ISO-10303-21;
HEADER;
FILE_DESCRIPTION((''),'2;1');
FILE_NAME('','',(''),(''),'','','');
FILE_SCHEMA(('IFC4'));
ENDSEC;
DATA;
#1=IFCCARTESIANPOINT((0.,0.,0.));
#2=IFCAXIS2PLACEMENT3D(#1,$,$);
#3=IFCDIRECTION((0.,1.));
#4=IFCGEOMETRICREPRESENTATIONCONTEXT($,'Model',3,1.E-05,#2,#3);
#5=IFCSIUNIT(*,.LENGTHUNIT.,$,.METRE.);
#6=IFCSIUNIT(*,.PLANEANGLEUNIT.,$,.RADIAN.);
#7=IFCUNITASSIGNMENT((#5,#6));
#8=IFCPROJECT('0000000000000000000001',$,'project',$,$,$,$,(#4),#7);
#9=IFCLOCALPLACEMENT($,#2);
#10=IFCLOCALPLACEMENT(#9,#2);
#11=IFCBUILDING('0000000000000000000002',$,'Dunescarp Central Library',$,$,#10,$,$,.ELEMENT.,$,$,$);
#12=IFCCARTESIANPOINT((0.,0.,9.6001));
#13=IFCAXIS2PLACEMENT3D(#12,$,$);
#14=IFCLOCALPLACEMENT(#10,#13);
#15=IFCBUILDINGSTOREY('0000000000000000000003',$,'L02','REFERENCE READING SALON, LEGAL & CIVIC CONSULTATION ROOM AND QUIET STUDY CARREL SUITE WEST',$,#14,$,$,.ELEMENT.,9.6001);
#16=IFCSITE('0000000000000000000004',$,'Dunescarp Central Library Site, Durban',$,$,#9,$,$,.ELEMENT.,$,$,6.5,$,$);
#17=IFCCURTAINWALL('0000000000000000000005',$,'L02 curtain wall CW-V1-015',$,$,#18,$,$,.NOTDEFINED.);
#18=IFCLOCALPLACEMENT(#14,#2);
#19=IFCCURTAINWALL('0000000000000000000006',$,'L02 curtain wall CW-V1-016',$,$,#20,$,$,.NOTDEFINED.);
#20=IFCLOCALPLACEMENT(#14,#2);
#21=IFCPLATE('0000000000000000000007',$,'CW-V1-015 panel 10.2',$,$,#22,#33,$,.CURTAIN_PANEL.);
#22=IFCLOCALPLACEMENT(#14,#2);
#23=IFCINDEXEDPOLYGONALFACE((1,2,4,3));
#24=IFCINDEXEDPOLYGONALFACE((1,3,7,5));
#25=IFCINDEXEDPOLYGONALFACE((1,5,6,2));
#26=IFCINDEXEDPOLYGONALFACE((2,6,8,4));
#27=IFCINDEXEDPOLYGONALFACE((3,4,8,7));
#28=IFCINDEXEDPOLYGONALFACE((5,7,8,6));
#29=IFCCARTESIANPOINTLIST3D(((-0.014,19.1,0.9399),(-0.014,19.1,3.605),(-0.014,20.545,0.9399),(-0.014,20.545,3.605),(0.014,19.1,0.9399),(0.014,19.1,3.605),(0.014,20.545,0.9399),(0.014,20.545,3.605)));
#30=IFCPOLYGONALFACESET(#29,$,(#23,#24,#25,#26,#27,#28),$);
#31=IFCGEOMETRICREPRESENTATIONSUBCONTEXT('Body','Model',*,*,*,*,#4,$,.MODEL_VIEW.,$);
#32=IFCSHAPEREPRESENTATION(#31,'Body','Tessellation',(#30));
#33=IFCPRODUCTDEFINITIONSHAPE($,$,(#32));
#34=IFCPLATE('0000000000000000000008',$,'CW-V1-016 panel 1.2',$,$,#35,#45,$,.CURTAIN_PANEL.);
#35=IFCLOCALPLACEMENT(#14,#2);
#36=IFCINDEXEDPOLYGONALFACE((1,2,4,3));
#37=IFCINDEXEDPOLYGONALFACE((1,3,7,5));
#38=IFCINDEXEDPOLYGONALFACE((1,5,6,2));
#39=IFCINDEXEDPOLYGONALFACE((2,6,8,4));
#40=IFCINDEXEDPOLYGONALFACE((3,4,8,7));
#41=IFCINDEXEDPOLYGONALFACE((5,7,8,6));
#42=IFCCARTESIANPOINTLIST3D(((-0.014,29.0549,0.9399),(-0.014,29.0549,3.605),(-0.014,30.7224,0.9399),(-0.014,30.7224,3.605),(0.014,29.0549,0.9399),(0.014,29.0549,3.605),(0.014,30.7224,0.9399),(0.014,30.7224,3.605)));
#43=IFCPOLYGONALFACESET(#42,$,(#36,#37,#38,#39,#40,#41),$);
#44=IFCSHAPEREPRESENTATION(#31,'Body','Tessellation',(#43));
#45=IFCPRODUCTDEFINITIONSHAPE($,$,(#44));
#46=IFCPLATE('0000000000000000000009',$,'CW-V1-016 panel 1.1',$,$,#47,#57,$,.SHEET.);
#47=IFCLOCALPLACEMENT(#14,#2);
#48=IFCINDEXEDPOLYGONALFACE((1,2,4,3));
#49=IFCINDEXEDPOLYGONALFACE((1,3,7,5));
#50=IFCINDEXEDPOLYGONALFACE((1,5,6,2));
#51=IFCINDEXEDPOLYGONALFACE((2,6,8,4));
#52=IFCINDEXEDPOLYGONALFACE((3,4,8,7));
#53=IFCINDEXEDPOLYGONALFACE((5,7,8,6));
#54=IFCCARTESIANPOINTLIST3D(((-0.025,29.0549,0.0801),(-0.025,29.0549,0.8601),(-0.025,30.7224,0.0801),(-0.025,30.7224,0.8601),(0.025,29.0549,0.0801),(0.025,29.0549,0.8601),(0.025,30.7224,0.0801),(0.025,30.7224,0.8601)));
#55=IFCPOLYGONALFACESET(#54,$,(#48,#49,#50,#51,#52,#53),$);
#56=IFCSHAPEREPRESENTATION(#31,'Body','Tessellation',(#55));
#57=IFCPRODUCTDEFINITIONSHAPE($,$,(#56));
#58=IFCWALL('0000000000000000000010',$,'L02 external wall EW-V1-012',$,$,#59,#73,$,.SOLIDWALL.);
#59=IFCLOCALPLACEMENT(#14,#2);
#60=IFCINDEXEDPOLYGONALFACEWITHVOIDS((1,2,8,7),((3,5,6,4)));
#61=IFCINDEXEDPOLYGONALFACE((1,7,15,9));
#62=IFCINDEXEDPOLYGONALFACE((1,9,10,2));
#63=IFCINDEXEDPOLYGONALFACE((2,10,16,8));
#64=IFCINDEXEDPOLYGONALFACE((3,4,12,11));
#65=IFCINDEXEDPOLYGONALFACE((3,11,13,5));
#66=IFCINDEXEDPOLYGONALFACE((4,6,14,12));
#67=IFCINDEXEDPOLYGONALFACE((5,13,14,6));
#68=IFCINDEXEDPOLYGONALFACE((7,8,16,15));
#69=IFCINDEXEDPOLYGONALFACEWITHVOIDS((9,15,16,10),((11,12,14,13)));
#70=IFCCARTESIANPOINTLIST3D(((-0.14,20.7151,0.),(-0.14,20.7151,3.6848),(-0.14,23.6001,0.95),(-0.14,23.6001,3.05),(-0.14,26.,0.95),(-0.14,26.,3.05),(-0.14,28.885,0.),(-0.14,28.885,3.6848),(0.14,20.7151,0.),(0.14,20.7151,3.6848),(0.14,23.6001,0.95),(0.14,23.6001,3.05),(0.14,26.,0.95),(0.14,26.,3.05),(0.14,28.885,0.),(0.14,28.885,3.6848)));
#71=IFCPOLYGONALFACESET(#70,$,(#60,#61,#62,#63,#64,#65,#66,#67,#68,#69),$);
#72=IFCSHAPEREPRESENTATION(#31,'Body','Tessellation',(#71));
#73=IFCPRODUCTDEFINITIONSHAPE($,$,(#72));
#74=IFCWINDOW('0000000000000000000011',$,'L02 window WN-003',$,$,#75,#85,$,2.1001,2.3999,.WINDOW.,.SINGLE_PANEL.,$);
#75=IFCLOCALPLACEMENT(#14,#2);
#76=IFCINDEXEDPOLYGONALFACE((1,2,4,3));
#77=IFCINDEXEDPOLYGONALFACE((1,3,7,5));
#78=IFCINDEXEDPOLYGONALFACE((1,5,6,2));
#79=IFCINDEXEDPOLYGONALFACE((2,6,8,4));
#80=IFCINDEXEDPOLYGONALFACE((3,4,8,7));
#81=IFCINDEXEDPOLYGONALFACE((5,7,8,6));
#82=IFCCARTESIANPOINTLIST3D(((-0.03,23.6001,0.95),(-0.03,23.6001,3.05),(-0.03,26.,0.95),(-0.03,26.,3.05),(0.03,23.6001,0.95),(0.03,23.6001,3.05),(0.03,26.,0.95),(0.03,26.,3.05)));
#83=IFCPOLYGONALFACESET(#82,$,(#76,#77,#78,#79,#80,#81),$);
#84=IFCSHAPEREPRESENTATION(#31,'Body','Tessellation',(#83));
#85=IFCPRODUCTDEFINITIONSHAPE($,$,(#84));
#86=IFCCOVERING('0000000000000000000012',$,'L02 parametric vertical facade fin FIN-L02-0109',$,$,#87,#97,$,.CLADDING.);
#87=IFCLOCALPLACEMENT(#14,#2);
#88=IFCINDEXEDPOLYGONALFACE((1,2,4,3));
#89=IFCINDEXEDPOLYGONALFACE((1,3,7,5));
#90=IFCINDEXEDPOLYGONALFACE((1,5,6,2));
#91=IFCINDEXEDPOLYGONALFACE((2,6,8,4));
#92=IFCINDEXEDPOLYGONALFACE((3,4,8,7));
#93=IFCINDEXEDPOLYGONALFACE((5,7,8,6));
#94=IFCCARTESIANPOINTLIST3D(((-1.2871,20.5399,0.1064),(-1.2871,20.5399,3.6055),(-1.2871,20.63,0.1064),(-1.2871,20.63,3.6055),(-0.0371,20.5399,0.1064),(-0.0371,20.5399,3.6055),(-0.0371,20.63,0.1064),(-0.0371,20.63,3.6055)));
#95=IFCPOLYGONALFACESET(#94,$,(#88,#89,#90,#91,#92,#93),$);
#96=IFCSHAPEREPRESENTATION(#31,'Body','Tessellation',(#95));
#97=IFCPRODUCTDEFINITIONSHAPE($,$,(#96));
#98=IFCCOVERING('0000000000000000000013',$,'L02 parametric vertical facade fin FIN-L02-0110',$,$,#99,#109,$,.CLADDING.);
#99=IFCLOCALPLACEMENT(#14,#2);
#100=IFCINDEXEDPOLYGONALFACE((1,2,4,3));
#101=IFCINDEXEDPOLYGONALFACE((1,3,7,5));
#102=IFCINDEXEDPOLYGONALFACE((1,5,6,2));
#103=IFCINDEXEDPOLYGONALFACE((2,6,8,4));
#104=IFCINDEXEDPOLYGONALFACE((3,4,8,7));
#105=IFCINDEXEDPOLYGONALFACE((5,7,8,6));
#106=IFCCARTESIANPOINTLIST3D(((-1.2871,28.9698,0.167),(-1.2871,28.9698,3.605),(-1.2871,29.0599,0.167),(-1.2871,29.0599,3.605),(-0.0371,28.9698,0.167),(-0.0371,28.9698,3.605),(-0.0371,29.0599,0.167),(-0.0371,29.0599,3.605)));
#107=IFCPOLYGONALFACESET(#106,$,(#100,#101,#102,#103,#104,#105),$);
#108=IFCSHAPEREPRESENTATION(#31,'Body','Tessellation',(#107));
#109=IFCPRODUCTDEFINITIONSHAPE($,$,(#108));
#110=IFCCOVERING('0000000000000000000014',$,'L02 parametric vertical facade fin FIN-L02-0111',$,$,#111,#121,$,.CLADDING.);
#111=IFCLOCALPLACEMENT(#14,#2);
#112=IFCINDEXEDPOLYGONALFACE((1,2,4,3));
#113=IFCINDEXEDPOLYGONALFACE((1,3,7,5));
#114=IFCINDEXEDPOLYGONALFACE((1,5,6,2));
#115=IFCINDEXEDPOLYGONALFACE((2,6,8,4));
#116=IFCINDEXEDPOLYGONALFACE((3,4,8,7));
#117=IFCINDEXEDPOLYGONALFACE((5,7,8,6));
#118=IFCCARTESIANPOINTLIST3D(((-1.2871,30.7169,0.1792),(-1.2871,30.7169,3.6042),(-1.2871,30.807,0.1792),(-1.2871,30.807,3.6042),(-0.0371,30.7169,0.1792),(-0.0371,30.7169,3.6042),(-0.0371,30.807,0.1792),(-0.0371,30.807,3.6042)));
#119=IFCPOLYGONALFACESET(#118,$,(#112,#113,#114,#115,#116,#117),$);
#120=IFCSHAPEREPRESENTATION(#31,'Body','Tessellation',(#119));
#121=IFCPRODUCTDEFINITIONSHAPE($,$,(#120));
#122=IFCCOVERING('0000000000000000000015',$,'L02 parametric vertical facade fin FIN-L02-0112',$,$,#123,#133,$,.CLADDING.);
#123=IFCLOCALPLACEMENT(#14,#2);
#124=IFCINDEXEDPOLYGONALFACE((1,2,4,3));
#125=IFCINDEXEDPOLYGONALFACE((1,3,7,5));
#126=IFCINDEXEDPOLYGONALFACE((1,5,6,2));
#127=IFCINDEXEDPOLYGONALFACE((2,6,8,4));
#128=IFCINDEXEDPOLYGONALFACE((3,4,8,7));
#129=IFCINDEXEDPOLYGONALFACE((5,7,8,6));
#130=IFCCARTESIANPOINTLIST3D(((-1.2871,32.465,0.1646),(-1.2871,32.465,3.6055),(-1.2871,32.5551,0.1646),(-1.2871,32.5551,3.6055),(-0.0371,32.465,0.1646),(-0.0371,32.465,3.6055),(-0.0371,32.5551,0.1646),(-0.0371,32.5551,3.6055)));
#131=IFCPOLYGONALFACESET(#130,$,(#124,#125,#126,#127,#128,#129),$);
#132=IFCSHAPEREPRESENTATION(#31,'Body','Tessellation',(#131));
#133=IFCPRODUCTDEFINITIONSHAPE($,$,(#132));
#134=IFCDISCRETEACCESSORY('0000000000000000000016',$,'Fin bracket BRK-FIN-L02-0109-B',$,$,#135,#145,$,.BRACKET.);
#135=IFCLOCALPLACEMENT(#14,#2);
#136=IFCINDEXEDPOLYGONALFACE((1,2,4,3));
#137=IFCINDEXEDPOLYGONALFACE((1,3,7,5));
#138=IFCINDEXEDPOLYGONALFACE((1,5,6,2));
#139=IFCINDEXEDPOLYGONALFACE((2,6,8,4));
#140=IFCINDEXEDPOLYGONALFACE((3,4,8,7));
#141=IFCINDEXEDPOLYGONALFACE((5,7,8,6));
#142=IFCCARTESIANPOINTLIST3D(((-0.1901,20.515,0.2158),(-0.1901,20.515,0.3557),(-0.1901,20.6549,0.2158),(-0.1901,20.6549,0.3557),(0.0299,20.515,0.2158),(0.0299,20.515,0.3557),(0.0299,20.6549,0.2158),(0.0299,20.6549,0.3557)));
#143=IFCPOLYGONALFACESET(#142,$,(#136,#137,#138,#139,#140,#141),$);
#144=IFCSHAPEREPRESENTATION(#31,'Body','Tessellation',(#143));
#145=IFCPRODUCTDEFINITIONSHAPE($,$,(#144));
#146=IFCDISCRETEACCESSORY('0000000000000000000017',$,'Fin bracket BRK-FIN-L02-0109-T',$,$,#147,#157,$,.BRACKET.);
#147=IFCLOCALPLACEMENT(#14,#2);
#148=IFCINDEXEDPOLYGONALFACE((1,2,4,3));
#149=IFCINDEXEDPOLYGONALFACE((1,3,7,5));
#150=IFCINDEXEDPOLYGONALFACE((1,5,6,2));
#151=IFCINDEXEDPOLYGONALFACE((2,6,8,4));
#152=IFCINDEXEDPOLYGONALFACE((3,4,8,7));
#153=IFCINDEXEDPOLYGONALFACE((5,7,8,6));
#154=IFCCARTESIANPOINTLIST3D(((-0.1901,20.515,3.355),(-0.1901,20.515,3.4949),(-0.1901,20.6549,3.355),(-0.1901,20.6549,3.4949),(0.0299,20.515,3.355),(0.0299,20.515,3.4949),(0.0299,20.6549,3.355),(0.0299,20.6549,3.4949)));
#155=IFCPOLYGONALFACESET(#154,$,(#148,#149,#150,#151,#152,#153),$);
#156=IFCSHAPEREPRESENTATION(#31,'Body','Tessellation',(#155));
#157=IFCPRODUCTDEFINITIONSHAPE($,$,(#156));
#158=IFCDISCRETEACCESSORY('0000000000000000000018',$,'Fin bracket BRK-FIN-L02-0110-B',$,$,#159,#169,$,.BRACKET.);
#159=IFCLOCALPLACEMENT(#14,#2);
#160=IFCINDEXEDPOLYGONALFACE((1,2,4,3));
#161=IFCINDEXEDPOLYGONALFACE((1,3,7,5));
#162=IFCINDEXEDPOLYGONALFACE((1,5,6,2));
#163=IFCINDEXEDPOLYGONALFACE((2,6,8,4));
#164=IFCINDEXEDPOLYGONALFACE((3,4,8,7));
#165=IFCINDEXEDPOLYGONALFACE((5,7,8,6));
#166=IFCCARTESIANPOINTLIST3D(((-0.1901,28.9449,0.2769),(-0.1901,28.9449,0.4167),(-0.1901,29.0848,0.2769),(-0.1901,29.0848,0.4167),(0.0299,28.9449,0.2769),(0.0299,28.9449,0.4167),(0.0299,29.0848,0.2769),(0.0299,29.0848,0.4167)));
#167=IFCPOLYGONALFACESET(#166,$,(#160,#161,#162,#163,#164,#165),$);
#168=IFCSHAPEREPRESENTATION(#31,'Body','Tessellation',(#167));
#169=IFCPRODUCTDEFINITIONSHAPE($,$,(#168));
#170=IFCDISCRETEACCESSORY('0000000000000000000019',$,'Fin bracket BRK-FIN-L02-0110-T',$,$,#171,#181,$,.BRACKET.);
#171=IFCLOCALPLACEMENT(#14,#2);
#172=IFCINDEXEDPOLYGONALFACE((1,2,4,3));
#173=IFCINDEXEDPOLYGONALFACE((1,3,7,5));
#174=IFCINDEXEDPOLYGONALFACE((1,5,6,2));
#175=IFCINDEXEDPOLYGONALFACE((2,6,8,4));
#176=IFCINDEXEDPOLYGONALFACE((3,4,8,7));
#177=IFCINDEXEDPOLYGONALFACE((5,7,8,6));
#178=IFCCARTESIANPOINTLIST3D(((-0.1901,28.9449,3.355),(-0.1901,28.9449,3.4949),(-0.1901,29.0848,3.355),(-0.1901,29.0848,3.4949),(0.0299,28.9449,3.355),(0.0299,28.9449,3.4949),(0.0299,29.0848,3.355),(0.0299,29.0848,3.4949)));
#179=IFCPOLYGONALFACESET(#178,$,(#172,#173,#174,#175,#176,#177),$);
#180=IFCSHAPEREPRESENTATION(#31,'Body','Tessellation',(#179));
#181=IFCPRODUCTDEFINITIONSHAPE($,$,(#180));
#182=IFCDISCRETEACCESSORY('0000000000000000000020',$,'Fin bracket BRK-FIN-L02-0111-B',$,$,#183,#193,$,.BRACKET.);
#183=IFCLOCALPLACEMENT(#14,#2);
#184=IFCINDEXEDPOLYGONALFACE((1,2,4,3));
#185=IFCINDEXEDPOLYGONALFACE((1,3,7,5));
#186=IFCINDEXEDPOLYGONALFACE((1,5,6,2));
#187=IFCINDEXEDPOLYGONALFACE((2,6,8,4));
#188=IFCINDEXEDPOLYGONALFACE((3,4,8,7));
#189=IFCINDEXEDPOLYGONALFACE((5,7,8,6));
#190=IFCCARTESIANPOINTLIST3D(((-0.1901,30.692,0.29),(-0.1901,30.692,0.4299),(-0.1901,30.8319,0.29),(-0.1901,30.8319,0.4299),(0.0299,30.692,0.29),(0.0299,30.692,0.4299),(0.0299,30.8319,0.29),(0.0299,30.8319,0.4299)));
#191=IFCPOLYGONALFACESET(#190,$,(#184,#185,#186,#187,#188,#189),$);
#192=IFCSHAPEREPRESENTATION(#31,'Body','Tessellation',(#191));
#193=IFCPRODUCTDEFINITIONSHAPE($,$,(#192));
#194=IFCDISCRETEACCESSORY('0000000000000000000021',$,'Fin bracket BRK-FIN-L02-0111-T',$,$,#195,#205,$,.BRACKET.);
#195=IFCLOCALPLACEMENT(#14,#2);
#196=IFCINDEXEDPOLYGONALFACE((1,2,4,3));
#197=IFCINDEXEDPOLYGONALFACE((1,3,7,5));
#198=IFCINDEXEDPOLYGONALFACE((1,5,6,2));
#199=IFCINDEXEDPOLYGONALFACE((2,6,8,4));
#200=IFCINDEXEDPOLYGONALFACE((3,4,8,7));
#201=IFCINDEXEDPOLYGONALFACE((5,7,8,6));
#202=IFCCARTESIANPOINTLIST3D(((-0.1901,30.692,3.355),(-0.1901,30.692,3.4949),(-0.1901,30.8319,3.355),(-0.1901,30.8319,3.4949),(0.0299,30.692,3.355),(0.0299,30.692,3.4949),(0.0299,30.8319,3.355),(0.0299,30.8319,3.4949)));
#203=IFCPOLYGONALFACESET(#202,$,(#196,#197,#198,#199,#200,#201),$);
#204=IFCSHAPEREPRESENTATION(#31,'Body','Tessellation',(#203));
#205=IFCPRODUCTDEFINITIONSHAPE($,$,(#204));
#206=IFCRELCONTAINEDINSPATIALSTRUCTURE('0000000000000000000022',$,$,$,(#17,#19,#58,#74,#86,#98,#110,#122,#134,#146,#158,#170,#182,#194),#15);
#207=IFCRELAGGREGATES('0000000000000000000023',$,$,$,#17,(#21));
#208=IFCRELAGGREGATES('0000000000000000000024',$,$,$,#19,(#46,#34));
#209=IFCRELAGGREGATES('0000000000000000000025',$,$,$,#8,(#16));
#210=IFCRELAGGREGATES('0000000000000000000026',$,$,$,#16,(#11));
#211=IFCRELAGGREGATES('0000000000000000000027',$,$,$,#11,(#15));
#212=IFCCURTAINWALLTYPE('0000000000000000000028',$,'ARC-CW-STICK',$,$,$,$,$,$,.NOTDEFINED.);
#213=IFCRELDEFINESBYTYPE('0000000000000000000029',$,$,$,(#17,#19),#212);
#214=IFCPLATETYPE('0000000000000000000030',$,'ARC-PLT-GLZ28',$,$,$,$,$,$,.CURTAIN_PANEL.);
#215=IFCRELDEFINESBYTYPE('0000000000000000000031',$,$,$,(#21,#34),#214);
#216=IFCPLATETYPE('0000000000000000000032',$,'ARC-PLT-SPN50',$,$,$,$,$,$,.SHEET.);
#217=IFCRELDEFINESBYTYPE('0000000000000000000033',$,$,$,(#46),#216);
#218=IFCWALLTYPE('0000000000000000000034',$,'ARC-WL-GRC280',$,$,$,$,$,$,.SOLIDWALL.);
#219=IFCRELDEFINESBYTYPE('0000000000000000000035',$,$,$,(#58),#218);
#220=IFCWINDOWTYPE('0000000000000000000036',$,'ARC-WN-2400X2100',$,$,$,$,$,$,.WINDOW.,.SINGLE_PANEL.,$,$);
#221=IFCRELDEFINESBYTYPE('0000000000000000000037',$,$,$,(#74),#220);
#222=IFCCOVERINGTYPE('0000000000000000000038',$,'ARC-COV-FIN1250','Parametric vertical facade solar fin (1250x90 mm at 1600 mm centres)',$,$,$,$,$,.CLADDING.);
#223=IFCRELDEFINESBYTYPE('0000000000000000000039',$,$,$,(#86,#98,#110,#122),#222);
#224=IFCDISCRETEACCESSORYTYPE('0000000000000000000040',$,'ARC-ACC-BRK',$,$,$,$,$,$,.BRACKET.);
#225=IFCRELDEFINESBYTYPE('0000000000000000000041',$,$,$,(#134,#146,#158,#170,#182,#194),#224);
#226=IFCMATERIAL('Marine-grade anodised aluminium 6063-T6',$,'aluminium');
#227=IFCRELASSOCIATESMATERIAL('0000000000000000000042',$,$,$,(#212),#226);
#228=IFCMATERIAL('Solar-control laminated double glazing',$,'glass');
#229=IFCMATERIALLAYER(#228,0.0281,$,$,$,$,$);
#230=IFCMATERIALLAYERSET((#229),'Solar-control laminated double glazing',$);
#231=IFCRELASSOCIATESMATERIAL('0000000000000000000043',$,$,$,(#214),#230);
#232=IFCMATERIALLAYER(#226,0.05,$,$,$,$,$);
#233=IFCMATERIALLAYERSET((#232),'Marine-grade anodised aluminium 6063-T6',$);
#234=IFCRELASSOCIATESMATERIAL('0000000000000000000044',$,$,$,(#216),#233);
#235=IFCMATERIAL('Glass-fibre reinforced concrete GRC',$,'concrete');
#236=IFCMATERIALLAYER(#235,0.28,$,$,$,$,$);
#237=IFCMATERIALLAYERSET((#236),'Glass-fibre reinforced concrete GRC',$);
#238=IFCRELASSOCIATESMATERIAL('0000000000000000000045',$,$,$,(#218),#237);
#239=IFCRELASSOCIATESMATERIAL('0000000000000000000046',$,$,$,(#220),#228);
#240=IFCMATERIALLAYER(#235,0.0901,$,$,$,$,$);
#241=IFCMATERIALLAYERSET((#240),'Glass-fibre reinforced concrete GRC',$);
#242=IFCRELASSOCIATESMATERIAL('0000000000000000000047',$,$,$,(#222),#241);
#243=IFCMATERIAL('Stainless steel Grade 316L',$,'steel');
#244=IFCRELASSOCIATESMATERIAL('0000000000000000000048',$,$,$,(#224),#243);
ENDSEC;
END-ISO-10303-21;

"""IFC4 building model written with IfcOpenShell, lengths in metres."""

from ifc_helpers import new_model, si_unit, direction, frame, frame_2d, origin, origin_2d, place, context, subcontext, project, spatial, rectangle, extrude, material, layer, layer_set, type_object, element, fill, aggregate, save


model = new_model("IFC4")

# Units and contexts
model_context = context("Model", 3, precision=1e-05, world=origin(), true_north=direction((0.0, 1.0)))
body_context = subcontext(model_context, "Body", "Model", "MODEL_VIEW")
ifc_project = project(units=[si_unit("LENGTHUNIT", "METRE"), si_unit("PLANEANGLEUNIT", "RADIAN")], contexts=[model_context])

# Site, building, storey
site_placement = place(None, origin())
site = spatial("IfcSite", under=ifc_project, at=site_placement, Name="Dunescarp Central Library Site, Durban", CompositionType="ELEMENT", RefElevation=6.5)
building_placement = place(site_placement, origin())
building = spatial("IfcBuilding", under=site, at=building_placement, Name="Dunescarp Central Library", CompositionType="ELEMENT")
storey_placement = place(building_placement, frame((0.0, 0.0, 9.6001)))
storey = spatial("IfcBuildingStorey", under=building, at=storey_placement, Name="L02", Description="REFERENCE READING SALON, LEGAL & CIVIC CONSULTATION ROOM AND QUIET STUDY CARREL SUITE WEST", CompositionType="ELEMENT", Elevation=9.6001)

# Curtain wall
ifc_material_1 = material(Name="Marine-grade anodised aluminium 6063-T6", Category="aluminium")
curtain_wall_type = type_object("IfcCurtainWallType", Name="ARC-CW-STICK", PredefinedType="NOTDEFINED", material=ifc_material_1)
curtain_wall_1_placement = place(storey_placement, origin())
curtain_wall_1 = element("IfcCurtainWall", 1, at=curtain_wall_1_placement, inside=storey, type_object=curtain_wall_type, Name="L02 curtain wall CW-V1-015", PredefinedType="NOTDEFINED")

# Curtain wall
curtain_wall_2_placement = place(storey_placement, origin())
curtain_wall_2 = element("IfcCurtainWall", 2, at=curtain_wall_2_placement, inside=storey, type_object=curtain_wall_type, Name="L02 curtain wall CW-V1-016", PredefinedType="NOTDEFINED")

# Plates
ifc_material_2 = material(Name="Solar-control laminated double glazing", Category="glass")
ifc_layer_1 = layer(ifc_material_2, 0.0281)
ifc_layer_set_1 = layer_set([ifc_layer_1], Name="Solar-control laminated double glazing")
plate_type_1 = type_object("IfcPlateType", Name="ARC-PLT-GLZ28", PredefinedType="CURTAIN_PANEL", material=ifc_layer_set_1)
plate_1_placement = place(storey_placement, frame((0.0, 19.8225, 0.9399), z_axis=(0.0, 0.0, 1.0), x_axis=(0.0, 1.0, 0.0)))
plate_1 = element("IfcPlate", 3, at=plate_1_placement, type_object=plate_type_1, Name="CW-V1-015 panel 10.2", PredefinedType="CURTAIN_PANEL", context=body_context, shape_type="SweptSolid", body=[
    extrude(rectangle(XDim=1.4451, YDim=0.0281, at=origin_2d()), origin(), (0.0, 0.0, 1.0), 2.665),
])
aggregate(curtain_wall_1, [plate_1])
plate_2_placement = place(storey_placement, frame((0.0, 29.8887, 0.9399), z_axis=(0.0, 0.0, 1.0), x_axis=(0.0, 1.0, 0.0)))
plate_2 = element("IfcPlate", 4, at=plate_2_placement, type_object=plate_type_1, Name="CW-V1-016 panel 1.2", PredefinedType="CURTAIN_PANEL", context=body_context, shape_type="SweptSolid", body=[
    extrude(rectangle(XDim=1.6675, YDim=0.0281, at=origin_2d()), origin(), (0.0, 0.0, 1.0), 2.665),
])
ifc_layer_2 = layer(ifc_material_1, 0.05)
ifc_layer_set_2 = layer_set([ifc_layer_2], Name="Marine-grade anodised aluminium 6063-T6")
plate_type_2 = type_object("IfcPlateType", Name="ARC-PLT-SPN50", PredefinedType="SHEET", material=ifc_layer_set_2)
plate_3_placement = place(storey_placement, frame((0.0, 29.8887, 0.0801), z_axis=(0.0, 0.0, 1.0), x_axis=(0.0, 1.0, 0.0)))
plate_3 = element("IfcPlate", 5, at=plate_3_placement, type_object=plate_type_2, Name="CW-V1-016 panel 1.1", PredefinedType="SHEET", context=body_context, shape_type="SweptSolid", body=[
    extrude(rectangle(XDim=1.6675, YDim=0.05, at=origin_2d()), origin(), (0.0, 0.0, 1.0), 0.78),
])
aggregate(curtain_wall_2, [plate_3, plate_2])

# Wall, opening, window
ifc_material_3 = material(Name="Glass-fibre reinforced concrete GRC", Category="concrete")
ifc_layer_3 = layer(ifc_material_3, 0.28)
ifc_layer_set_3 = layer_set([ifc_layer_3], Name="Glass-fibre reinforced concrete GRC")
wall_type = type_object("IfcWallType", Name="ARC-WL-GRC280", PredefinedType="SOLIDWALL", material=ifc_layer_set_3)
wall_placement = place(storey_placement, frame((0.0, 20.7151, 0.0), z_axis=(0.0, 0.0, 1.0), x_axis=(0.0, 1.0, 0.0)))
wall = element("IfcWall", 6, at=wall_placement, inside=storey, type_object=wall_type, Name="L02 external wall EW-V1-012", PredefinedType="SOLIDWALL", context=body_context, shape_type="SweptSolid", body=[
    extrude(rectangle(XDim=8.1699, YDim=0.28, at=frame_2d((4.085, 0.0))), origin(), (0.0, 0.0, 1.0), 3.6848),
])
opening_placement = place(wall_placement, frame((2.885, 0.0, 0.95)))
opening = element("IfcOpeningElement", 7, at=opening_placement, cuts=wall, PredefinedType="OPENING", context=body_context, shape_type="SweptSolid", body=[
    extrude(rectangle(XDim=2.3999, YDim=2.1001, at=frame_2d((1.2, 1.05))), frame((0.0, 0.1499, 0.0), z_axis=(0.0, -1.0, 0.0), x_axis=(1.0, 0.0, 0.0)), (0.0, 0.0, 1.0), 0.3),
])
window_type = type_object("IfcWindowType", Name="ARC-WN-2400X2100", PartitioningType="SINGLE_PANEL", PredefinedType="WINDOW", material=ifc_material_2)
window_placement = place(opening_placement, origin())
window = element("IfcWindow", 8, at=window_placement, inside=storey, type_object=window_type, Name="L02 window WN-003", OverallHeight=2.1001, OverallWidth=2.3999, PartitioningType="SINGLE_PANEL", PredefinedType="WINDOW", context=body_context, shape_type="SweptSolid", body=[
    extrude(rectangle(XDim=2.3999, YDim=2.1001, at=frame_2d((1.2, 1.05))), frame((0.0, 0.03, 0.0), z_axis=(0.0, -1.0, 0.0), x_axis=(1.0, 0.0, 0.0)), (0.0, 0.0, 1.0), 0.0601),
])
fill(opening, window)

# Coverings
ifc_layer_4 = layer(ifc_material_3, 0.0901)
ifc_layer_set_4 = layer_set([ifc_layer_4], Name="Glass-fibre reinforced concrete GRC")
covering_type = type_object("IfcCoveringType", Name="ARC-COV-FIN1250", Description="Parametric vertical facade solar fin (1250x90 mm at 1600 mm centres)", PredefinedType="CLADDING", material=ifc_layer_set_4)
covering_1_placement = place(storey_placement, frame((-0.6621, 20.585, 0.1064), z_axis=(0.0, 0.0, 1.0), x_axis=(-1.0, 0.0, 0.0)))
element("IfcCovering", 9, at=covering_1_placement, inside=storey, type_object=covering_type, Name="L02 parametric vertical facade fin FIN-L02-0109", PredefinedType="CLADDING", context=body_context, shape_type="SweptSolid", body=[
    extrude(rectangle(XDim=1.25, YDim=0.0901, at=origin_2d()), origin(), (0.0, 0.0, 1.0), 3.499),
])
covering_2_placement = place(storey_placement, frame((-0.6621, 29.0149, 0.167), z_axis=(0.0, 0.0, 1.0), x_axis=(-1.0, 0.0, 0.0)))
element("IfcCovering", 10, at=covering_2_placement, inside=storey, type_object=covering_type, Name="L02 parametric vertical facade fin FIN-L02-0110", PredefinedType="CLADDING", context=body_context, shape_type="SweptSolid", body=[
    extrude(rectangle(XDim=1.25, YDim=0.0901, at=origin_2d()), origin(), (0.0, 0.0, 1.0), 3.438),
])
covering_3_placement = place(storey_placement, frame((-0.6621, 30.762, 0.1792), z_axis=(0.0, 0.0, 1.0), x_axis=(-1.0, 0.0, 0.0)))
element("IfcCovering", 11, at=covering_3_placement, inside=storey, type_object=covering_type, Name="L02 parametric vertical facade fin FIN-L02-0111", PredefinedType="CLADDING", context=body_context, shape_type="SweptSolid", body=[
    extrude(rectangle(XDim=1.25, YDim=0.0901, at=origin_2d()), origin(), (0.0, 0.0, 1.0), 3.425),
])
covering_4_placement = place(storey_placement, frame((-0.6621, 32.51, 0.1646), z_axis=(0.0, 0.0, 1.0), x_axis=(-1.0, 0.0, 0.0)))
element("IfcCovering", 12, at=covering_4_placement, inside=storey, type_object=covering_type, Name="L02 parametric vertical facade fin FIN-L02-0112", PredefinedType="CLADDING", context=body_context, shape_type="SweptSolid", body=[
    extrude(rectangle(XDim=1.25, YDim=0.0901, at=origin_2d()), origin(), (0.0, 0.0, 1.0), 3.4409),
])

# Discrete accessories
ifc_material_4 = material(Name="Stainless steel Grade 316L", Category="steel")
discrete_accessory_type = type_object("IfcDiscreteAccessoryType", Name="ARC-ACC-BRK", PredefinedType="BRACKET", material=ifc_material_4)
for number, where, z_axis, x_axis, name in (
    (13, (-0.0801, 20.585, 0.2158), (0.0, 0.0, 1.0), (-1.0, 0.0, 0.0), "Fin bracket BRK-FIN-L02-0109-B"),
    (14, (-0.0801, 20.585, 3.355), (0.0, 0.0, 1.0), (-1.0, 0.0, 0.0), "Fin bracket BRK-FIN-L02-0109-T"),
    (15, (-0.0801, 29.0149, 0.2769), (0.0, 0.0, 1.0), (-1.0, 0.0, 0.0), "Fin bracket BRK-FIN-L02-0110-B"),
    (16, (-0.0801, 29.0149, 3.355), (0.0, 0.0, 1.0), (-1.0, 0.0, 0.0), "Fin bracket BRK-FIN-L02-0110-T"),
    (17, (-0.0801, 30.762, 0.29), (0.0, 0.0, 1.0), (-1.0, 0.0, 0.0), "Fin bracket BRK-FIN-L02-0111-B"),
    (18, (-0.0801, 30.762, 3.355), (0.0, 0.0, 1.0), (-1.0, 0.0, 0.0), "Fin bracket BRK-FIN-L02-0111-T"),
):
    element("IfcDiscreteAccessory", number, at=place(storey_placement, frame(where, z_axis=z_axis, x_axis=x_axis)), inside=storey, type_object=discrete_accessory_type, Name=name, PredefinedType="BRACKET", context=body_context, shape_type="SweptSolid", body=[
        extrude(rectangle(XDim=0.22, YDim=0.1399, at=origin_2d()), origin(), (0.0, 0.0, 1.0), 0.1399),
    ])

save(model, "model.ifc")
